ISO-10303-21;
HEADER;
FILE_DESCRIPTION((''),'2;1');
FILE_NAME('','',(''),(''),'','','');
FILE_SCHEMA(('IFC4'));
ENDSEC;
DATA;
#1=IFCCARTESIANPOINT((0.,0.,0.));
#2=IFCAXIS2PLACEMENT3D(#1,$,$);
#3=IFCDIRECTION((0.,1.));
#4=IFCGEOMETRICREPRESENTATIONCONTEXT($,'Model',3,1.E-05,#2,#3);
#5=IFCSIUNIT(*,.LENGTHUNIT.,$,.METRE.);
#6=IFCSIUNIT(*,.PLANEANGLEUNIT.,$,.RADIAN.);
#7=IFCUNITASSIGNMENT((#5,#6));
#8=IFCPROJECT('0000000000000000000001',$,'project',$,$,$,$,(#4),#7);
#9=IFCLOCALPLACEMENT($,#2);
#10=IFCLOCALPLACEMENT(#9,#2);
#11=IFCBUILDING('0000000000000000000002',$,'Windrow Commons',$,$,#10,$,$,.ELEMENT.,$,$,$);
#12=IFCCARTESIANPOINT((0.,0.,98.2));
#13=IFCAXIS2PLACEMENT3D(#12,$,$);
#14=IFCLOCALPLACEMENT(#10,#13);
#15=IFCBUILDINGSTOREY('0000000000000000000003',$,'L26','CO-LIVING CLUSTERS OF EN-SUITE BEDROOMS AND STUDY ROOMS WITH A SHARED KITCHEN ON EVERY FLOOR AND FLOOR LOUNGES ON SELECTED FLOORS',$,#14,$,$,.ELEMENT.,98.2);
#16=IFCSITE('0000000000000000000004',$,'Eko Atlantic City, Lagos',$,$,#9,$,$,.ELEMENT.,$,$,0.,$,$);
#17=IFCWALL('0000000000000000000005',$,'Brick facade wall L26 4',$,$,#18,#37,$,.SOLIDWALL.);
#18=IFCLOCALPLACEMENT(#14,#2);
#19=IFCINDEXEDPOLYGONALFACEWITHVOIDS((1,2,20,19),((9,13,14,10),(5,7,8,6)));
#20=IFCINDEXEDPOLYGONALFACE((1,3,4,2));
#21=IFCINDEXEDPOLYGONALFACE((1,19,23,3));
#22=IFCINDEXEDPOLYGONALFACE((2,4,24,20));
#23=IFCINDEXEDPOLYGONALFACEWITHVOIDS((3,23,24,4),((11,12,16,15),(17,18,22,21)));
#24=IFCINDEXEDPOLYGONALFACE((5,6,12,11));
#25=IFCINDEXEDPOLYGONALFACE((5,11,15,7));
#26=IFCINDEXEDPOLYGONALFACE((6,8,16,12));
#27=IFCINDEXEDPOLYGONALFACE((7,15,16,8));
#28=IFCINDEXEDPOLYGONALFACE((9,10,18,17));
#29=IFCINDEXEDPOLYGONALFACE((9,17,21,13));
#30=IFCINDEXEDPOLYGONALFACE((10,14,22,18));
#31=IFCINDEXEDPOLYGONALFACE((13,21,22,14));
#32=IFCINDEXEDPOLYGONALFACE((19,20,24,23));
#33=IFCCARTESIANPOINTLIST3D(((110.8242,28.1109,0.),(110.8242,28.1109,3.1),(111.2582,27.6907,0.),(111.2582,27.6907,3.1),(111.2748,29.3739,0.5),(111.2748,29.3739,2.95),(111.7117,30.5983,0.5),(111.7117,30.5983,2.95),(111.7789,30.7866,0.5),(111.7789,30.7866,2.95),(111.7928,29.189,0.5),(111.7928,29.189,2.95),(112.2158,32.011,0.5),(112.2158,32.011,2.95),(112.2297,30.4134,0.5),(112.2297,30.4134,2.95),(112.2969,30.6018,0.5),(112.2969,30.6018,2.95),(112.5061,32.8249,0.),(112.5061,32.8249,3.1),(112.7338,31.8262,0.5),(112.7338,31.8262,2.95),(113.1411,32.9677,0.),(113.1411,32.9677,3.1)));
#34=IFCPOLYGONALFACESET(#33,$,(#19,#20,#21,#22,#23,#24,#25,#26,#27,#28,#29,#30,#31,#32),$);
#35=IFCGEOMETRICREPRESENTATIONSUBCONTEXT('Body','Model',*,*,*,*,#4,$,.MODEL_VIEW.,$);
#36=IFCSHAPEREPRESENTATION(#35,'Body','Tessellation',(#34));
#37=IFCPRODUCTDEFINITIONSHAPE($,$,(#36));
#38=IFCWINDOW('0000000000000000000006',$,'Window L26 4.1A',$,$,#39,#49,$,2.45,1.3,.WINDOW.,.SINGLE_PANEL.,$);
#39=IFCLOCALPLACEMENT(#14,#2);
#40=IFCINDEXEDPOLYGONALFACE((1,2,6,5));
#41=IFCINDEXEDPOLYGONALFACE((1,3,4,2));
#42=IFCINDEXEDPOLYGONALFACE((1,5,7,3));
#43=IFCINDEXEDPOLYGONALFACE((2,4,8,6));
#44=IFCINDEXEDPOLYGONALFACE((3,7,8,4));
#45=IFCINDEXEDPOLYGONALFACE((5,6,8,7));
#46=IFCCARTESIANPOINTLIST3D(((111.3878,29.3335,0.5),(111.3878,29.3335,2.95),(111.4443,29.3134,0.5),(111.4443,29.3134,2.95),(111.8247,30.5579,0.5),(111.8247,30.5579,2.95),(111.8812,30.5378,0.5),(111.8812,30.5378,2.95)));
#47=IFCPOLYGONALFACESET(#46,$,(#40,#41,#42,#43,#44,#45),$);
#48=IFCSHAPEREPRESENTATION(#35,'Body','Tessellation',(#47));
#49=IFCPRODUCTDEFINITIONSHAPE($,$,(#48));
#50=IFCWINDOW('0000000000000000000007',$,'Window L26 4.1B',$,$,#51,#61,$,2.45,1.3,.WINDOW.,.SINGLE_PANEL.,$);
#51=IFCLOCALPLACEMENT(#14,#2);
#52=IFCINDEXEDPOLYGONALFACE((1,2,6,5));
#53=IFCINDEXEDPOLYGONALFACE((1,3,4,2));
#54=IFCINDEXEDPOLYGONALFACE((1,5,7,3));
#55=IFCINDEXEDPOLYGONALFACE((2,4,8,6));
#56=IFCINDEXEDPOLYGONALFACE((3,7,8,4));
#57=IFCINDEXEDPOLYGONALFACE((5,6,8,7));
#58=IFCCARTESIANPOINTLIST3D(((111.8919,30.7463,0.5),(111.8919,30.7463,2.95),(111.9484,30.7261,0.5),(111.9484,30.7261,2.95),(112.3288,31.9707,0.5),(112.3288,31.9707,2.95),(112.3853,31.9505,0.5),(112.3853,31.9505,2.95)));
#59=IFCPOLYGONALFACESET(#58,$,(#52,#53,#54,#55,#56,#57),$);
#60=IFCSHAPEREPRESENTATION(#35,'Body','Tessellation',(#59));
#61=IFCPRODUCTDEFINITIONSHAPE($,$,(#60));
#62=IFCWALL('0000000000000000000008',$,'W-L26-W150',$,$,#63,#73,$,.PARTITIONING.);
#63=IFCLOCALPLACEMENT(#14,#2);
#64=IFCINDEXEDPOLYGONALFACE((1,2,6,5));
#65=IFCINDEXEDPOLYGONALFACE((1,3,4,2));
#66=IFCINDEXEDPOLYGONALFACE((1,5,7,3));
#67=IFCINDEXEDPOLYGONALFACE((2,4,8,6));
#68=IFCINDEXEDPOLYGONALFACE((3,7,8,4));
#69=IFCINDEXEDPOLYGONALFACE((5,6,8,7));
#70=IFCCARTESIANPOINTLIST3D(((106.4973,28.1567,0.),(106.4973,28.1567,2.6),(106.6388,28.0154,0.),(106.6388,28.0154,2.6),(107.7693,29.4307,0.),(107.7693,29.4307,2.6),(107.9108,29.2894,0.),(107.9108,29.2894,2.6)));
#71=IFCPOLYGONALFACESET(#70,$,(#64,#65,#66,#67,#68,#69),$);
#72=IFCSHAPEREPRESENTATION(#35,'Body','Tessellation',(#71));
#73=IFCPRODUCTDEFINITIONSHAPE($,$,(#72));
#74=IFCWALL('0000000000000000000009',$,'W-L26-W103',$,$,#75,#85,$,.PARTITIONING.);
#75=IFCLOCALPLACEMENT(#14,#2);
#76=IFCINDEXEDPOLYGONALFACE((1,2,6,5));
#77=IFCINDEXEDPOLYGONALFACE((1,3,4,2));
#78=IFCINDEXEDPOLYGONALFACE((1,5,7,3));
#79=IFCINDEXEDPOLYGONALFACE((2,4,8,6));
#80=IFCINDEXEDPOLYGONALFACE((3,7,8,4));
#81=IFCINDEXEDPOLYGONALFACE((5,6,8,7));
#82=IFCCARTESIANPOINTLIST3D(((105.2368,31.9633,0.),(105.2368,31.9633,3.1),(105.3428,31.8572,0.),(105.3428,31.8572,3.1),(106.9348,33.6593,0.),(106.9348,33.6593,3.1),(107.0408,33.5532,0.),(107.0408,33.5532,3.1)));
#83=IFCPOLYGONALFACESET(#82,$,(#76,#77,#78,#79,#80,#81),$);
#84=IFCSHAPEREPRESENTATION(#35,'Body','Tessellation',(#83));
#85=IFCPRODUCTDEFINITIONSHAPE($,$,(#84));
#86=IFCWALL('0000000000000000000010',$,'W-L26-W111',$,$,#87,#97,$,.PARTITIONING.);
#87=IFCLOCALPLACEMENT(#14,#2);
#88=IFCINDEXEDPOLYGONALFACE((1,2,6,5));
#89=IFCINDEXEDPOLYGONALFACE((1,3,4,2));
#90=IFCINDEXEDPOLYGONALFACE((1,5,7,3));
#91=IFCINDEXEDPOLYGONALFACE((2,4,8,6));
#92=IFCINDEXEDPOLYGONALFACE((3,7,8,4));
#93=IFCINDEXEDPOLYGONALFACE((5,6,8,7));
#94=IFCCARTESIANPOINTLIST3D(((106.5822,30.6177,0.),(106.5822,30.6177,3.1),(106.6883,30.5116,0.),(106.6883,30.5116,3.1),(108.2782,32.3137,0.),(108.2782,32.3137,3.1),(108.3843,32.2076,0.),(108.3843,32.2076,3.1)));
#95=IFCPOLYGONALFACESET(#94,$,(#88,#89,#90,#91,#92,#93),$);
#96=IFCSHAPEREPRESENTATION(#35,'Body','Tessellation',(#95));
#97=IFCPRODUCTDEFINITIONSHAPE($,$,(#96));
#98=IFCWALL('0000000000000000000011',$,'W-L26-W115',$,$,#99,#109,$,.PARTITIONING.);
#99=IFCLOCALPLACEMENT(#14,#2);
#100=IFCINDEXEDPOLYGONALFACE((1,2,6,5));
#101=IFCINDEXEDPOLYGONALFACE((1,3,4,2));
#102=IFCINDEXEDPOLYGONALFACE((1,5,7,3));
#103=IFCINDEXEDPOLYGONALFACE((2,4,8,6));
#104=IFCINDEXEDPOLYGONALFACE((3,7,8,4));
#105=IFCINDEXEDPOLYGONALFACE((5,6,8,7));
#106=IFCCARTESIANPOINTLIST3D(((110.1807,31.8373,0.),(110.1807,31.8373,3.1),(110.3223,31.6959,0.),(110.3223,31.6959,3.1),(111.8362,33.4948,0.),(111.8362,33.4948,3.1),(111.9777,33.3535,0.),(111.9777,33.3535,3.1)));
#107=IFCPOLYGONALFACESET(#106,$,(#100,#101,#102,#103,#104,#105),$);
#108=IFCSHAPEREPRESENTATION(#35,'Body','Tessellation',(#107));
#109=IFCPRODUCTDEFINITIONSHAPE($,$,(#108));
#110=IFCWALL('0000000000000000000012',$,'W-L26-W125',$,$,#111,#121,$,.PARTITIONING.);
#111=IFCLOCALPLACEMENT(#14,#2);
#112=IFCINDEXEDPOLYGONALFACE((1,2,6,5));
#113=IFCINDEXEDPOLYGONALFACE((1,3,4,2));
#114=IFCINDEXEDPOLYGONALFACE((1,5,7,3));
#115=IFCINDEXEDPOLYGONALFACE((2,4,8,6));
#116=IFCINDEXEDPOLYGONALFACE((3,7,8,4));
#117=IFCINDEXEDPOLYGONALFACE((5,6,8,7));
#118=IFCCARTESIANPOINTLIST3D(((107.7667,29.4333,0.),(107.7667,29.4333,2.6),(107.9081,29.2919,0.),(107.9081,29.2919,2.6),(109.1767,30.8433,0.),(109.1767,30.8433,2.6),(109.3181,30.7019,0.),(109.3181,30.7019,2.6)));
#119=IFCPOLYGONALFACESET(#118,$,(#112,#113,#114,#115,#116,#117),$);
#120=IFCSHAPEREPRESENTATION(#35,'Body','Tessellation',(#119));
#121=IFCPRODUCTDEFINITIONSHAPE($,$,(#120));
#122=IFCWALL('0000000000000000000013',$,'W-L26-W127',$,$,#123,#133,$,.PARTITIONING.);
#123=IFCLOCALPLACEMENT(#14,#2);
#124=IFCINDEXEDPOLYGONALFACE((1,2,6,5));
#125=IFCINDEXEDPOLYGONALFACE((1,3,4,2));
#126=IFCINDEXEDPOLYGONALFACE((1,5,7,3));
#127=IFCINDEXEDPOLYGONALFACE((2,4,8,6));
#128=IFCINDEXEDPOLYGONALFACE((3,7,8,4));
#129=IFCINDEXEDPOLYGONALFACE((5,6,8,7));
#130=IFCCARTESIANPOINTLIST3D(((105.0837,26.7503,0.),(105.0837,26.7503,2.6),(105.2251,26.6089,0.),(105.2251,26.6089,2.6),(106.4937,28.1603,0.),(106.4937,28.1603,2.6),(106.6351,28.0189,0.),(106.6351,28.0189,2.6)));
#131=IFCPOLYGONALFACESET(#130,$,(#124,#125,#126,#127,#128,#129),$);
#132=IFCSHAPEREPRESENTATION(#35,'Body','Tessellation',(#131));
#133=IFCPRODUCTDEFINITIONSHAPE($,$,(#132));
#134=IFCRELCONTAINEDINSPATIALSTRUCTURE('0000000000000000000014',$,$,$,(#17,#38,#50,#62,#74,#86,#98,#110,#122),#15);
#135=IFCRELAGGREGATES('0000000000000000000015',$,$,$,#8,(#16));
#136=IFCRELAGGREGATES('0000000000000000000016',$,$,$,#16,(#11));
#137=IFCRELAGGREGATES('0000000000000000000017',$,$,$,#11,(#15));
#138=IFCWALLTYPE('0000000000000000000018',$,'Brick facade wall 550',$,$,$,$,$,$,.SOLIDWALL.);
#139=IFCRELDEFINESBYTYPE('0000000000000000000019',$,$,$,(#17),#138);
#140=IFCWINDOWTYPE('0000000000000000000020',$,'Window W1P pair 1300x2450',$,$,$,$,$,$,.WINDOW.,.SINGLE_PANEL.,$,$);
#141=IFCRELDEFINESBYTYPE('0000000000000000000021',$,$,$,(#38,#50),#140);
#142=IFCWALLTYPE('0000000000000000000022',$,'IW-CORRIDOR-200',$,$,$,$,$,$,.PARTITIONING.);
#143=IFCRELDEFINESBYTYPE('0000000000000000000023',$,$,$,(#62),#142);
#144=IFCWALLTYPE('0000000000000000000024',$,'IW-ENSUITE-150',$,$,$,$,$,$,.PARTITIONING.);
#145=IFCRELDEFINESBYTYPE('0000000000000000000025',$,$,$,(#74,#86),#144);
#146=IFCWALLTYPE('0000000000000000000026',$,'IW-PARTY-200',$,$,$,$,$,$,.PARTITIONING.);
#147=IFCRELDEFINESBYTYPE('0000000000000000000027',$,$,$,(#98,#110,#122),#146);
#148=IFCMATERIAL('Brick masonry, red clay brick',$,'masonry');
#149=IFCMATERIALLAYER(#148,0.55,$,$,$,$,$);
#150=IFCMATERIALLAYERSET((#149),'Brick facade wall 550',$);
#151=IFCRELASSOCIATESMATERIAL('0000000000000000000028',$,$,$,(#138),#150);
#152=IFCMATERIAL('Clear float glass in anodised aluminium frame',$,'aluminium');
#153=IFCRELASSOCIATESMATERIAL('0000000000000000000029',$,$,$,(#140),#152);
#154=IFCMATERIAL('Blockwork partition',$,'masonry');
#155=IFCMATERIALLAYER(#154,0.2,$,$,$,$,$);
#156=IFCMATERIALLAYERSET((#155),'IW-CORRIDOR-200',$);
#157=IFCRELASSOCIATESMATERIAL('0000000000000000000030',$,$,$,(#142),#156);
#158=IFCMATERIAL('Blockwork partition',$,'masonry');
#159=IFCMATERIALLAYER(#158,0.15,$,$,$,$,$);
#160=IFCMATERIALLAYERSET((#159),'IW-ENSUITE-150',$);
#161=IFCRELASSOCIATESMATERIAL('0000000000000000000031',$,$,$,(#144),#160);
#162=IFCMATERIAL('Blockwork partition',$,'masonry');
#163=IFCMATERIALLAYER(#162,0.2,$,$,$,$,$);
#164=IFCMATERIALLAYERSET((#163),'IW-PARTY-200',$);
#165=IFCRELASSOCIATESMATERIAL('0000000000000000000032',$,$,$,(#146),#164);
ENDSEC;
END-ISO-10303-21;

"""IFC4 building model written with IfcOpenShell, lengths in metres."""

from ifc_helpers import new_model, si_unit, direction, frame, frame_2d, origin, place, context, subcontext, project, spatial, polyline, rectangle, outline, extrude, material, layer, layer_set, type_object, element, fill, save


model = new_model("IFC4")

# Units and contexts
model_context = context("Model", 3, precision=1e-05, world=origin(), true_north=direction((0.0, 1.0)))
body_context = subcontext(model_context, "Body", "Model", "MODEL_VIEW")
ifc_project = project(units=[si_unit("LENGTHUNIT", "METRE"), si_unit("PLANEANGLEUNIT", "RADIAN")], contexts=[model_context])

# Site, building, storey
site_placement = place(None, origin())
site = spatial("IfcSite", under=ifc_project, at=site_placement, Name="Eko Atlantic City, Lagos", CompositionType="ELEMENT", RefElevation=0.0)
building_placement = place(site_placement, origin())
building = spatial("IfcBuilding", under=site, at=building_placement, Name="Windrow Commons", CompositionType="ELEMENT")
storey_placement = place(building_placement, frame((0.0, 0.0, 98.2)))
storey = spatial("IfcBuildingStorey", under=building, at=storey_placement, Name="L26", Description="CO-LIVING CLUSTERS OF EN-SUITE BEDROOMS AND STUDY ROOMS WITH A SHARED KITCHEN ON EVERY FLOOR AND FLOOR LOUNGES ON SELECTED FLOORS", CompositionType="ELEMENT", Elevation=98.2)

# Wall, openings, windows
ifc_material_1 = material(Name="Brick masonry, red clay brick", Category="masonry")
ifc_layer_1 = layer(ifc_material_1, 0.55)
ifc_layer_set_1 = layer_set([ifc_layer_1], Name="Brick facade wall 550")
wall_type_1 = type_object("IfcWallType", Name="Brick facade wall 550", PredefinedType="SOLIDWALL", material=ifc_layer_set_1)
ifc_material_2 = material(Name="Clear float glass in anodised aluminium frame", Category="aluminium")
window_type_1 = type_object("IfcWindowType", Name="Window W1P pair 1300x2450", PartitioningType="SINGLE_PANEL", PredefinedType="WINDOW", material=ifc_material_2)
wall_1_placement = place(storey_placement, frame((111.0412, 27.9008, 0.0), z_axis=(0.0, 0.0, 1.0), x_axis=(0.336051, 0.941844, 0.0)))
wall_1 = element("IfcWall", 1, at=wall_1_placement, inside=storey, type_object=wall_type_1, Name="Brick facade wall L26 4", PredefinedType="SOLIDWALL", context=body_context, shape_type="SweptSolid", body=[
    extrude(outline(polyline([(-0.1249, -0.275), (5.4779, -0.275), (5.13, 0.275), (0.1249, 0.275), (-0.1249, -0.275)])), origin(), (0.0, 0.0, 1.0), 3.1),
])
opening_1_placement = place(wall_1_placement, frame((1.4659, 0.0, 0.5)))
opening_1 = element("IfcOpeningElement", 2, at=opening_1_placement, cuts=wall_1, PredefinedType="OPENING", context=body_context, shape_type="SweptSolid", body=[
    extrude(rectangle(XDim=1.3, YDim=2.45, at=frame_2d((0.65, 1.225))), frame((0.0, 0.285, 0.0), z_axis=(0.0, -1.0, 0.0), x_axis=(1.0, 0.0, 0.0)), (0.0, 0.0, 1.0), 0.57),
])
opening_2_placement = place(wall_1_placement, frame((2.9659, 0.0, 0.5)))
opening_2 = element("IfcOpeningElement", 3, at=opening_2_placement, cuts=wall_1, PredefinedType="OPENING", context=body_context, shape_type="SweptSolid", body=[
    extrude(rectangle(XDim=1.3, YDim=2.45, at=frame_2d((0.65, 1.225))), frame((0.0, 0.285, 0.0), z_axis=(0.0, -1.0, 0.0), x_axis=(1.0, 0.0, 0.0)), (0.0, 0.0, 1.0), 0.57),
])
window_1_placement = place(opening_1_placement, origin())
window_1 = element("IfcWindow", 4, at=window_1_placement, inside=storey, type_object=window_type_1, Name="Window L26 4.1A", OverallHeight=2.45, OverallWidth=1.3, PartitioningType="SINGLE_PANEL", PredefinedType="WINDOW", context=body_context, shape_type="SweptSolid", body=[
    extrude(rectangle(XDim=1.3, YDim=2.45, at=frame_2d((0.65, 1.225))), frame((0.0, 0.155, 0.0), z_axis=(0.0, -1.0, 0.0), x_axis=(1.0, 0.0, 0.0)), (0.0, 0.0, 1.0), 0.06),
])
fill(opening_1, window_1)
window_2_placement = place(opening_2_placement, origin())
window_2 = element("IfcWindow", 5, at=window_2_placement, inside=storey, type_object=window_type_1, Name="Window L26 4.1B", OverallHeight=2.45, OverallWidth=1.3, PartitioningType="SINGLE_PANEL", PredefinedType="WINDOW", context=body_context, shape_type="SweptSolid", body=[
    extrude(rectangle(XDim=1.3, YDim=2.45, at=frame_2d((0.65, 1.225))), frame((0.0, 0.155, 0.0), z_axis=(0.0, -1.0, 0.0), x_axis=(1.0, 0.0, 0.0)), (0.0, 0.0, 1.0), 0.06),
])
fill(opening_2, window_2)

# Walls
ifc_material_3 = material(Name="Blockwork partition", Category="masonry")
ifc_layer_2 = layer(ifc_material_3, 0.2)
ifc_layer_set_2 = layer_set([ifc_layer_2], Name="IW-CORRIDOR-200")
wall_type_2 = type_object("IfcWallType", Name="IW-CORRIDOR-200", PredefinedType="PARTITIONING", material=ifc_layer_set_2)
wall_2_placement = place(storey_placement, frame((106.568, 28.086, 0.0), z_axis=(0.0, 0.0, 1.0), x_axis=(0.706551, 0.707662, 0.0)))
element("IfcWall", 6, at=wall_2_placement, inside=storey, type_object=wall_type_2, Name="W-L26-W150", PredefinedType="PARTITIONING", context=body_context, shape_type="SweptSolid", body=[
    extrude(rectangle(XDim=1.8003, YDim=0.2, at=frame_2d((0.9002, 0.0))), origin(), (0.0, 0.0, 1.0), 2.6),
])
ifc_material_4 = material(Name="Blockwork partition", Category="masonry")
ifc_layer_3 = layer(ifc_material_4, 0.15)
ifc_layer_set_3 = layer_set([ifc_layer_3], Name="IW-ENSUITE-150")
wall_type_3 = type_object("IfcWallType", Name="IW-ENSUITE-150", PredefinedType="PARTITIONING", material=ifc_layer_set_3)
wall_3_placement = place(storey_placement, frame((105.2898, 31.9102, 0.0), z_axis=(0.0, 0.0, 1.0), x_axis=(0.707523, 0.70669, 0.0)))
element("IfcWall", 7, at=wall_3_placement, inside=storey, type_object=wall_type_3, Name="W-L26-W103", PredefinedType="PARTITIONING", context=body_context, shape_type="SweptSolid", body=[
    extrude(rectangle(XDim=2.3999, YDim=0.15, at=frame_2d((1.2, 0.0))), origin(), (0.0, 0.0, 1.0), 3.1),
])
wall_4_placement = place(storey_placement, frame((106.6353, 30.5647, 0.0), z_axis=(0.0, 0.0, 1.0), x_axis=(0.707107, 0.707107, 0.0)))
element("IfcWall", 8, at=wall_4_placement, inside=storey, type_object=wall_type_3, Name="W-L26-W111", PredefinedType="PARTITIONING", context=body_context, shape_type="SweptSolid", body=[
    extrude(rectangle(XDim=2.3985, YDim=0.15, at=frame_2d((1.1992, 0.0))), origin(), (0.0, 0.0, 1.0), 3.1),
])
ifc_material_5 = material(Name="Blockwork partition", Category="masonry")
ifc_layer_4 = layer(ifc_material_5, 0.2)
ifc_layer_set_4 = layer_set([ifc_layer_4], Name="IW-PARTY-200")
wall_type_4 = type_object("IfcWallType", Name="IW-PARTY-200", PredefinedType="PARTITIONING", material=ifc_layer_set_4)
wall_5_placement = place(storey_placement, frame((110.2515, 31.7666, 0.0), z_axis=(0.0, 0.0, 1.0), x_axis=(0.706658, 0.707555, 0.0)))
element("IfcWall", 9, at=wall_5_placement, inside=storey, type_object=wall_type_4, Name="W-L26-W115", PredefinedType="PARTITIONING", context=body_context, shape_type="SweptSolid", body=[
    extrude(rectangle(XDim=2.3426, YDim=0.2, at=frame_2d((1.1713, 0.0))), origin(), (0.0, 0.0, 1.0), 3.1),
])
for number, where, z_axis, x_axis, name in (
    (10, (107.8374, 29.3626, 0.0), (0.0, 0.0, 1.0), (0.707107, 0.707107, 0.0), "W-L26-W125"),
    (11, (105.1544, 26.6796, 0.0), (0.0, 0.0, 1.0), (0.707107, 0.707107, 0.0), "W-L26-W127"),
):
    element("IfcWall", number, at=place(storey_placement, frame(where, z_axis=z_axis, x_axis=x_axis)), inside=storey, type_object=wall_type_4, Name=name, PredefinedType="PARTITIONING", context=body_context, shape_type="SweptSolid", body=[
        extrude(rectangle(XDim=1.994, YDim=0.2, at=frame_2d((0.997, 0.0))), origin(), (0.0, 0.0, 1.0), 2.6),
    ])

save(model, "model.ifc")
